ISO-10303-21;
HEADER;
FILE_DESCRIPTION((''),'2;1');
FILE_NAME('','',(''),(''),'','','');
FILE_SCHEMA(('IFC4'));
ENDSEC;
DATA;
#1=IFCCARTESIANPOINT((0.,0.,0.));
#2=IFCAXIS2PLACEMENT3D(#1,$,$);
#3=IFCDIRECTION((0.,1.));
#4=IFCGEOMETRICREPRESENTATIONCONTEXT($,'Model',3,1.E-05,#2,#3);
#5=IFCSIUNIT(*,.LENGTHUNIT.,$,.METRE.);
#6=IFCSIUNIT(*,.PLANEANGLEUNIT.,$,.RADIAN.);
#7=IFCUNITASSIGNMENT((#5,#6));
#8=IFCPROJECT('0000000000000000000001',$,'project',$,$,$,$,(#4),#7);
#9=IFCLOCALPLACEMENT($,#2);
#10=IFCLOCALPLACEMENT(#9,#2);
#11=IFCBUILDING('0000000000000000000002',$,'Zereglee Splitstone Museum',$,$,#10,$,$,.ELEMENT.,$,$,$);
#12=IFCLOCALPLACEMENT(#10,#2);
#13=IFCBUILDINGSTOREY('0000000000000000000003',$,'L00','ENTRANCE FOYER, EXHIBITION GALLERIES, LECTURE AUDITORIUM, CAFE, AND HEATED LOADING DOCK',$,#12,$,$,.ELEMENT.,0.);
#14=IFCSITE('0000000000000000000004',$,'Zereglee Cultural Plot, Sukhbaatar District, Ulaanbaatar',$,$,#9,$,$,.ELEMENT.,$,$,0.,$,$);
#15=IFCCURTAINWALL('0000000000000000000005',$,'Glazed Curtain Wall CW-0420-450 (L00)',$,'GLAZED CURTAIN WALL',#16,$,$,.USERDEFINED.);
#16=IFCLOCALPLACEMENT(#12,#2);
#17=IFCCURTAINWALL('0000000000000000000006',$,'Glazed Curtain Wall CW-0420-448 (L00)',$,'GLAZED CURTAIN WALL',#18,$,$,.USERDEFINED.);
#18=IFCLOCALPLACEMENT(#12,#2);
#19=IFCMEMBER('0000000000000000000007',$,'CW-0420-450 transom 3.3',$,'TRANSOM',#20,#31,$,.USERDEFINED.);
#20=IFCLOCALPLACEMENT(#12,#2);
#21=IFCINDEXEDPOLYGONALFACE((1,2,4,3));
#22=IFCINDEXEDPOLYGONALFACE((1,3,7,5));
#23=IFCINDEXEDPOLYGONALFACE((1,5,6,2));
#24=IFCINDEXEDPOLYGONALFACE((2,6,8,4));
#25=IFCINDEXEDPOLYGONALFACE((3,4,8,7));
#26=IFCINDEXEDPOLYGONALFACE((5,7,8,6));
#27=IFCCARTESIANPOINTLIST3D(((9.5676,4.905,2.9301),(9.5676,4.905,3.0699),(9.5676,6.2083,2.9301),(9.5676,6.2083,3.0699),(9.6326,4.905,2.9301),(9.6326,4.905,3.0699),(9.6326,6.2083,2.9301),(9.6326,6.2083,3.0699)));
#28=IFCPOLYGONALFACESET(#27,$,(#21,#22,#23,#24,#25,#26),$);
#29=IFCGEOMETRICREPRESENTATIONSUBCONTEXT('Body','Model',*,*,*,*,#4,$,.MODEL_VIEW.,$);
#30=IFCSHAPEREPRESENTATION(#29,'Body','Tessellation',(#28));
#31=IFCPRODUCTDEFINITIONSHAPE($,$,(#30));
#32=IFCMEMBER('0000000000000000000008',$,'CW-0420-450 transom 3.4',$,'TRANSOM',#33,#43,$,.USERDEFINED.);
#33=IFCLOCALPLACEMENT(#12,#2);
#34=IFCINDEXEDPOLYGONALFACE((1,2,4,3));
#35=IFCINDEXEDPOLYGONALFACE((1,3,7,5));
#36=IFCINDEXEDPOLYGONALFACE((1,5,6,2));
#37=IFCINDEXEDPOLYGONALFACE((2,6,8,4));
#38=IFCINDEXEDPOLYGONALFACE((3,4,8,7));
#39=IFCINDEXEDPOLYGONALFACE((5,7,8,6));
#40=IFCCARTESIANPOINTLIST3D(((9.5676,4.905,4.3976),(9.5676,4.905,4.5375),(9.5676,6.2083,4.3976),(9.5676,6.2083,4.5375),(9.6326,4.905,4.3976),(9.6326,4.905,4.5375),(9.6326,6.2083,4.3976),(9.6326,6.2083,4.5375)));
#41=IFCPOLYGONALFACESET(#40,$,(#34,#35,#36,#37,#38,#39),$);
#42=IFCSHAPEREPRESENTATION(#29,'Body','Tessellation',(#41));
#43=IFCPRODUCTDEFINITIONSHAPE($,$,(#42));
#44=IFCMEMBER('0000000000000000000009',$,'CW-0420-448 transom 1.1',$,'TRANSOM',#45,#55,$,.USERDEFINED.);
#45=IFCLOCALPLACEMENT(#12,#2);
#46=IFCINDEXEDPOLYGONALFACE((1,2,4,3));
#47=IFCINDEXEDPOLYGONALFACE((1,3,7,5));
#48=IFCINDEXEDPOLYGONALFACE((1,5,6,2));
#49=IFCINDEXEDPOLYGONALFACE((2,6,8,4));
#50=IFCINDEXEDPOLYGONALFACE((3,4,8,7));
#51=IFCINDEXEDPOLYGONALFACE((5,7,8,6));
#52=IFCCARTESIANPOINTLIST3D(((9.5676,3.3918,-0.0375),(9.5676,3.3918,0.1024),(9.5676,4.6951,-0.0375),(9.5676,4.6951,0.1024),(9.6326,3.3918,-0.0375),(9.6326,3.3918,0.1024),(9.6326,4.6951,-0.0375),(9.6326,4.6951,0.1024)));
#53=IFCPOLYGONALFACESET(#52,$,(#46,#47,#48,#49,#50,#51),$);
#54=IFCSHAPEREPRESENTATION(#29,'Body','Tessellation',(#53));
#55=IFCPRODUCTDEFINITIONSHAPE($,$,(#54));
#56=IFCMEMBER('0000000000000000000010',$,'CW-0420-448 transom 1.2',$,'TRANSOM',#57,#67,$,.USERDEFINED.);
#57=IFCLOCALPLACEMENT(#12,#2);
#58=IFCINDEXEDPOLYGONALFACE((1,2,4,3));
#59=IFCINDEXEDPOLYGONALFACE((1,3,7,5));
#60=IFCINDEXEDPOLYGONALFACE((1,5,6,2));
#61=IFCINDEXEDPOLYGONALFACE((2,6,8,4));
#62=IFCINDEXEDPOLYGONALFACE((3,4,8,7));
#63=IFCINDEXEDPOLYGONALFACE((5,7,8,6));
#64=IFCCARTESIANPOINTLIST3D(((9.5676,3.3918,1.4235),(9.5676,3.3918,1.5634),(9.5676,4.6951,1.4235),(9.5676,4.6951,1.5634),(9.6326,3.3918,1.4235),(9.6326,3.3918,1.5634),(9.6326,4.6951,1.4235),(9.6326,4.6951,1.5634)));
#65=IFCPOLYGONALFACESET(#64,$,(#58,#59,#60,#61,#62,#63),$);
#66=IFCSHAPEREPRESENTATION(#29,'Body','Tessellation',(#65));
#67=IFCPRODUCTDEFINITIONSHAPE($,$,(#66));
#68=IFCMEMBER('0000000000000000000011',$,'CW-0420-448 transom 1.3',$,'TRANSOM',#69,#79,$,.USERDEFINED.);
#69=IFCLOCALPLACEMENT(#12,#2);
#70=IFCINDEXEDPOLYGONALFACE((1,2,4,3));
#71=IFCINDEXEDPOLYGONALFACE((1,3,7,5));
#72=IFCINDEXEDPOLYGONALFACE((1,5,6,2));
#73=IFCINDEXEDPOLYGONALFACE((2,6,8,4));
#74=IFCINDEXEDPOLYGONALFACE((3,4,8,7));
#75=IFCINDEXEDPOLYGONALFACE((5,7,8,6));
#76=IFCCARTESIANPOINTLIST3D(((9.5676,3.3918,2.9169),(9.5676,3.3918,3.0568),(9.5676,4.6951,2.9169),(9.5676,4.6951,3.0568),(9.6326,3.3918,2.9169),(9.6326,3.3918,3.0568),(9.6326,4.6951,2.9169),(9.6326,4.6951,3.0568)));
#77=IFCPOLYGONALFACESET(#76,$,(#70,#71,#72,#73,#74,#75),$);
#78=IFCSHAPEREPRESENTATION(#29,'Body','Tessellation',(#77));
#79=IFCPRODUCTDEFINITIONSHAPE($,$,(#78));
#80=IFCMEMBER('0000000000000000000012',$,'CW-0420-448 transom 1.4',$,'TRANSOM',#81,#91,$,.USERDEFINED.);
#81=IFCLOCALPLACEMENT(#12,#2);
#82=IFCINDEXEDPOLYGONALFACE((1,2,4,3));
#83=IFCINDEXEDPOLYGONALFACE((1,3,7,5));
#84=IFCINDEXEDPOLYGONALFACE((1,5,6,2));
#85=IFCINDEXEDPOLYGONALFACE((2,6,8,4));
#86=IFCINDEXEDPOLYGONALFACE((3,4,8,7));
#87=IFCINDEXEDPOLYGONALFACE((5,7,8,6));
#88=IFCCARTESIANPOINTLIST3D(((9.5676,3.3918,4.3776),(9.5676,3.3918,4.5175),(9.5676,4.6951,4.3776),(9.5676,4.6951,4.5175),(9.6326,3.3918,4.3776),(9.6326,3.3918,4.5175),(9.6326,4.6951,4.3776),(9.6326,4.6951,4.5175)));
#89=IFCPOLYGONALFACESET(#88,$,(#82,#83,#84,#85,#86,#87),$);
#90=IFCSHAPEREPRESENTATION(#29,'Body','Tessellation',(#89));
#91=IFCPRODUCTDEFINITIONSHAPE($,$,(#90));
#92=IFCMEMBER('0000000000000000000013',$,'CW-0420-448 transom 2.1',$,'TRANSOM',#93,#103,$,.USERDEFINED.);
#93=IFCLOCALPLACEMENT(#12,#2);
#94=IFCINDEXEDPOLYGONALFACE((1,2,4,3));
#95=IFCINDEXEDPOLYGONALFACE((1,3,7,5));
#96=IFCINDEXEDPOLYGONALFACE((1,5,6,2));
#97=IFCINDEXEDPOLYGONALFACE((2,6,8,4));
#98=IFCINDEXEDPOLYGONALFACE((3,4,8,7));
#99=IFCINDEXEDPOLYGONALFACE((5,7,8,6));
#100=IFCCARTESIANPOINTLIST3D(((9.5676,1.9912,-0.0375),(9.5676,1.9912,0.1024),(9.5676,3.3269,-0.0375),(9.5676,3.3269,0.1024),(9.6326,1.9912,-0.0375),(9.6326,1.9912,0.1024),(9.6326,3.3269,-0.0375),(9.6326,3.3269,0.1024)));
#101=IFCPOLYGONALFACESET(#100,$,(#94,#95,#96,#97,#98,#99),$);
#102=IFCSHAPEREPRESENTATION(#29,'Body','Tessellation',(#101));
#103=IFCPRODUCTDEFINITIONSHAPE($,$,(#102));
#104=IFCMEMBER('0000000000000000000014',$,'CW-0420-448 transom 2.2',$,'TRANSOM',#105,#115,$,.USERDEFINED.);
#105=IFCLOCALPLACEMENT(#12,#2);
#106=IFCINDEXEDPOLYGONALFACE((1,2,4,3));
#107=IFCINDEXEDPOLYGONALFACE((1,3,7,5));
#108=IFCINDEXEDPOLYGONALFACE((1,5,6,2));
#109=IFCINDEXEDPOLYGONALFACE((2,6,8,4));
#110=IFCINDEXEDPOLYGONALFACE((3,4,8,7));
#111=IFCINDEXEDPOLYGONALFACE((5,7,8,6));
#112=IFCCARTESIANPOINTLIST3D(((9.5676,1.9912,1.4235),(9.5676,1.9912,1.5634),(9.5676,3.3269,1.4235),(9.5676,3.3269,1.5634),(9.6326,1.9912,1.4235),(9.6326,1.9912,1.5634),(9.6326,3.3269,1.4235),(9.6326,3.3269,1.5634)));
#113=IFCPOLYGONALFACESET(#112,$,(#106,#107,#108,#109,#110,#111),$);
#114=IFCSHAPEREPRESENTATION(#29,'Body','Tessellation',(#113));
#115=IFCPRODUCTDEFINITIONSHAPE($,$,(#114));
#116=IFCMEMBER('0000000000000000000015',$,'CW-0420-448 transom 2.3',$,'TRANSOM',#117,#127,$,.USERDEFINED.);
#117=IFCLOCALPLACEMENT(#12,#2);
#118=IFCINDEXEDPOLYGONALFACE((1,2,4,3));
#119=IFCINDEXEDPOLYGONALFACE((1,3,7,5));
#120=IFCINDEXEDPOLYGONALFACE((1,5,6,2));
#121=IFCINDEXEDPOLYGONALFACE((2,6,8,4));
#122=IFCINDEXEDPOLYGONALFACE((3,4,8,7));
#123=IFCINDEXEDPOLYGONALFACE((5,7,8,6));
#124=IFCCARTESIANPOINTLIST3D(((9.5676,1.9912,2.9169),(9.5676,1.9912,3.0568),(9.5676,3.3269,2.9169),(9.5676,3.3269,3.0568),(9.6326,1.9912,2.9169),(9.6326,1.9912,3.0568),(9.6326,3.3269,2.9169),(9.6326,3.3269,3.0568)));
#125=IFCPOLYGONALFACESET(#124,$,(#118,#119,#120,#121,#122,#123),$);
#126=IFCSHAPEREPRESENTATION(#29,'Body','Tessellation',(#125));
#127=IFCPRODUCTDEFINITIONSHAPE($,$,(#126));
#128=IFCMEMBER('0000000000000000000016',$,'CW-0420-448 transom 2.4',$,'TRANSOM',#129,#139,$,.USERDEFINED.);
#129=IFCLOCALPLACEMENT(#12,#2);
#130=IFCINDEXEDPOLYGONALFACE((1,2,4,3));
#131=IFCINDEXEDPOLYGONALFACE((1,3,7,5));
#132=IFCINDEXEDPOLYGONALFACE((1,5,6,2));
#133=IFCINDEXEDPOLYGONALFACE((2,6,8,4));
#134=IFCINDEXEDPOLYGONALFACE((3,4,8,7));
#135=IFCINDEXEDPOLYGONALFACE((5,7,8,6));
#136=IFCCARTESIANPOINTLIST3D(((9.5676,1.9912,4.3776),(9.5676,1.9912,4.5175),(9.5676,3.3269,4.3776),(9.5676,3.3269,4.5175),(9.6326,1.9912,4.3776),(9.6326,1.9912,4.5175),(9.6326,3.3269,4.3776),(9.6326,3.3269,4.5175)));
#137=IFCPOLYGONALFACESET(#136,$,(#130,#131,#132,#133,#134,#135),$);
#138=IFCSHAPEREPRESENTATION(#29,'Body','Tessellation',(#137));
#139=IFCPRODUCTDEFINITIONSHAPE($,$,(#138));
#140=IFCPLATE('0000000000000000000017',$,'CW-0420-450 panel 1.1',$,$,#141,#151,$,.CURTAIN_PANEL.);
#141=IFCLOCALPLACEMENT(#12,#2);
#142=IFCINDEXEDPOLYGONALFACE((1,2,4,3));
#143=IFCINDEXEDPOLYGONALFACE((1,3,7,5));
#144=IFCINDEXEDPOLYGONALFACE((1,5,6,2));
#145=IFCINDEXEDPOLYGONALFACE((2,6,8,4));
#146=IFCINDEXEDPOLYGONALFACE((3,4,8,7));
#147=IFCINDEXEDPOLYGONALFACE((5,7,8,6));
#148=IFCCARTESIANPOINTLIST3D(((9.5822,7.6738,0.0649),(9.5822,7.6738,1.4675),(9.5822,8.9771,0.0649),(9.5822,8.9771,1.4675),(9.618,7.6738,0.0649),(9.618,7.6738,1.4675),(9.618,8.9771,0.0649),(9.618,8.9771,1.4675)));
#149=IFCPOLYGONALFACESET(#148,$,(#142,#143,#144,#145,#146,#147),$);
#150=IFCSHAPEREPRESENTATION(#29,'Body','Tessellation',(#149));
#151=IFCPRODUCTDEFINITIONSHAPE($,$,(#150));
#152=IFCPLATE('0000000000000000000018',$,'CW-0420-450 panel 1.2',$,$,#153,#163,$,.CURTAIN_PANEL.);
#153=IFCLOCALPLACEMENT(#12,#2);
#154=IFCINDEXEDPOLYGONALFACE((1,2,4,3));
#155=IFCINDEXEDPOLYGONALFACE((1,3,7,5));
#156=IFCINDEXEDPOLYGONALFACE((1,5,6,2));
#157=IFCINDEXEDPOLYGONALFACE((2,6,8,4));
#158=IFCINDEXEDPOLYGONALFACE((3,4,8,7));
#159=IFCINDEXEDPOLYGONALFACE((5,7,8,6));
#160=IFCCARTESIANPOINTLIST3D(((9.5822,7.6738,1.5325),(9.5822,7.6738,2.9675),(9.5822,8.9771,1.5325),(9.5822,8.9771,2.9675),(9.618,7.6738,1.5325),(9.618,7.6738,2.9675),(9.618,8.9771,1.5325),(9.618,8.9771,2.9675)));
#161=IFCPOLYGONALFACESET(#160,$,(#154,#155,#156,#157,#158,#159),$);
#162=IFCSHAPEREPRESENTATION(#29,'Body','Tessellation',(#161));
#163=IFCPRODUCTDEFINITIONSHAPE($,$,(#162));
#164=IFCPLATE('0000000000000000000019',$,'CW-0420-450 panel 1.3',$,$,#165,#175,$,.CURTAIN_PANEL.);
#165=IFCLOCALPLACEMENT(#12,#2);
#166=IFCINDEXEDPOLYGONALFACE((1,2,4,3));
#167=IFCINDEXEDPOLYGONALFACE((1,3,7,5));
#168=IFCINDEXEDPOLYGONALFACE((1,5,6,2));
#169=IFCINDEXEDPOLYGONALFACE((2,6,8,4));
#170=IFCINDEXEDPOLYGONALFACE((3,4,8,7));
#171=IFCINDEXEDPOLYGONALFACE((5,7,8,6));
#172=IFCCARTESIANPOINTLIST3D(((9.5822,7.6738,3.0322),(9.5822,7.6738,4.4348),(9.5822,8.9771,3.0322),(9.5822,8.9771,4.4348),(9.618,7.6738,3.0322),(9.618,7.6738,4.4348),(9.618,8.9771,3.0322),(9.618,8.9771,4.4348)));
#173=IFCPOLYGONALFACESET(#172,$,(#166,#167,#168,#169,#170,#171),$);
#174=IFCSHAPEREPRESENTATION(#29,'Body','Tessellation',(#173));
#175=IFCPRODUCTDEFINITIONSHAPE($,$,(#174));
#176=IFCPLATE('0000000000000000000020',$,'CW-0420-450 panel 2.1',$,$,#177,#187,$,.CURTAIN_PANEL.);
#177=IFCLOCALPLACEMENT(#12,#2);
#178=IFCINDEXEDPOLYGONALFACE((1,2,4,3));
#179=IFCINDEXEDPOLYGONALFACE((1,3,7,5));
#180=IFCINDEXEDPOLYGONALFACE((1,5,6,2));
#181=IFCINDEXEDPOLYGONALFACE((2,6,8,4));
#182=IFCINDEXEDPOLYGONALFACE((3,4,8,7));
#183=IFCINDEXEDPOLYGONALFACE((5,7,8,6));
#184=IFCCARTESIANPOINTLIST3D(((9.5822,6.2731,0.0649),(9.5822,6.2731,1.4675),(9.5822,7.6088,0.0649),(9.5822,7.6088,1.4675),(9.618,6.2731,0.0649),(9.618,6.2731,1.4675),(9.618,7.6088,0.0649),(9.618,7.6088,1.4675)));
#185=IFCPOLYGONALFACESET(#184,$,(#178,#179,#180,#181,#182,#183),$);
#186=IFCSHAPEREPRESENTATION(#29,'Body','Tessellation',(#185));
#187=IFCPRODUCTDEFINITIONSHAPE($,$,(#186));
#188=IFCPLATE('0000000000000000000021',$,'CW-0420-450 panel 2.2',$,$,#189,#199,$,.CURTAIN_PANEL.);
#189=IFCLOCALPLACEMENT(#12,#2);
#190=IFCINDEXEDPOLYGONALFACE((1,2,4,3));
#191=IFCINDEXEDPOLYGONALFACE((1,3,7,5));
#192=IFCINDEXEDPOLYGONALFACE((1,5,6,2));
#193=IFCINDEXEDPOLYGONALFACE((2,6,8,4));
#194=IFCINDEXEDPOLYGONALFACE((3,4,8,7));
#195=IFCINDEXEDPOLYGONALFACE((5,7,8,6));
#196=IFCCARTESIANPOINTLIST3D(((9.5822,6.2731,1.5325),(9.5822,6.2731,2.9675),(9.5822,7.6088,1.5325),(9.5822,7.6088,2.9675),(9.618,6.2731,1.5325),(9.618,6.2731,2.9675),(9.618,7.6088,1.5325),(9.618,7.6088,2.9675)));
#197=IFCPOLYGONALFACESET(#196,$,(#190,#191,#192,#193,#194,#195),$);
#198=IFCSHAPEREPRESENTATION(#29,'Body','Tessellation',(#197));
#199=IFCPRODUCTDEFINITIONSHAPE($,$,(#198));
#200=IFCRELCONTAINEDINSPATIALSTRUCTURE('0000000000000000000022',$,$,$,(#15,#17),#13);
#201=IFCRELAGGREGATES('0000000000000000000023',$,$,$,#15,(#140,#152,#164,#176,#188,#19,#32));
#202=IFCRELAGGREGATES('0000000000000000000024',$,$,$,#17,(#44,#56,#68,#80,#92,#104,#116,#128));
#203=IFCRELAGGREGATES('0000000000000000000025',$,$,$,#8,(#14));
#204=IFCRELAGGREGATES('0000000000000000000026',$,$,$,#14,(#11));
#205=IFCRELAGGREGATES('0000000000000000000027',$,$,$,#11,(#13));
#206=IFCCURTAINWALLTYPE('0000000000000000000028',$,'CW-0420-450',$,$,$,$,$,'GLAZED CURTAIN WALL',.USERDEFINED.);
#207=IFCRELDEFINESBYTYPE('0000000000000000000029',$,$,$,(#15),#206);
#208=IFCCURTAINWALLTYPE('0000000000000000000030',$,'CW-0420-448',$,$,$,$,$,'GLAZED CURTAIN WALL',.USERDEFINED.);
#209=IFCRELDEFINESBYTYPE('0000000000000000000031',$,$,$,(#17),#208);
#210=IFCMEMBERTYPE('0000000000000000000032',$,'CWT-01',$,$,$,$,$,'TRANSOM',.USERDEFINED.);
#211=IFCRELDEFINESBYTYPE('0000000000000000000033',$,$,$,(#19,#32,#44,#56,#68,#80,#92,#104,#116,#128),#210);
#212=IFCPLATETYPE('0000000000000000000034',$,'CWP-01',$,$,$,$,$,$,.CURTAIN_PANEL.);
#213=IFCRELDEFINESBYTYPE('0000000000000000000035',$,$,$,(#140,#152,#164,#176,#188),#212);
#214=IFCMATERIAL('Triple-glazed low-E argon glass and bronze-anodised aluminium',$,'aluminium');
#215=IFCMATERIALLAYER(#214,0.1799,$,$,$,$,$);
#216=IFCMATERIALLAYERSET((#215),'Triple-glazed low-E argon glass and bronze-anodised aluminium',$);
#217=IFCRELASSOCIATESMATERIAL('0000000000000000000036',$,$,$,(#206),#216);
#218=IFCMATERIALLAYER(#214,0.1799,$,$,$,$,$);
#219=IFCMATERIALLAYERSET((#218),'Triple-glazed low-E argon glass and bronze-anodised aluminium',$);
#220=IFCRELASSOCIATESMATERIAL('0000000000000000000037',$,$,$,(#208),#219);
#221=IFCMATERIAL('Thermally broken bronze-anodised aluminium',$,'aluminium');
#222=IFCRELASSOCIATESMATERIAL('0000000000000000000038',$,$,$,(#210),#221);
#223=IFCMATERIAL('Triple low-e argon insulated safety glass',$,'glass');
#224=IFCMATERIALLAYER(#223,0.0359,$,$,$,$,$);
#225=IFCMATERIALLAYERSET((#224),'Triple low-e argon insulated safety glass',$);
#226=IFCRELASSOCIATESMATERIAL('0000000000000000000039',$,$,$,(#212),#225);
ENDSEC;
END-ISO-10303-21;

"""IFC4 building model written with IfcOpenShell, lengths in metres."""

from ifc_helpers import new_model, si_unit, direction, frame, origin, origin_2d, place, context, subcontext, project, spatial, rectangle, extrude, material, layer, layer_set, material_profile, profile_set, type_object, element, aggregate, save


model = new_model("IFC4")

# Units and contexts
model_context = context("Model", 3, precision=1e-05, world=origin(), true_north=direction((0.0, 1.0)))
body_context = subcontext(model_context, "Body", "Model", "MODEL_VIEW")
ifc_project = project(units=[si_unit("LENGTHUNIT", "METRE"), si_unit("PLANEANGLEUNIT", "RADIAN")], contexts=[model_context])

# Site, building, storey
site_placement = place(None, origin())
site = spatial("IfcSite", under=ifc_project, at=site_placement, Name="Zereglee Cultural Plot, Sukhbaatar District, Ulaanbaatar", CompositionType="ELEMENT", RefElevation=0.0)
building_placement = place(site_placement, origin())
building = spatial("IfcBuilding", under=site, at=building_placement, Name="Zereglee Splitstone Museum", CompositionType="ELEMENT")
storey_placement = place(building_placement, origin())
storey = spatial("IfcBuildingStorey", under=building, at=storey_placement, Name="L00", Description="ENTRANCE FOYER, EXHIBITION GALLERIES, LECTURE AUDITORIUM, CAFE, AND HEATED LOADING DOCK", CompositionType="ELEMENT", Elevation=0.0)

# Curtain walls
ifc_material_1 = material(Name="Triple-glazed low-E argon glass and bronze-anodised aluminium", Category="aluminium")
ifc_layer_1 = layer(ifc_material_1, 0.1799)
ifc_layer_set_1 = layer_set([ifc_layer_1], Name="Triple-glazed low-E argon glass and bronze-anodised aluminium")
curtain_wall_type_1 = type_object("IfcCurtainWallType", Name="CW-0420-450", ElementType="GLAZED CURTAIN WALL", PredefinedType="USERDEFINED", material=ifc_layer_set_1)
curtain_wall_1_placement = place(storey_placement, origin())
curtain_wall_1 = element("IfcCurtainWall", 1, at=curtain_wall_1_placement, inside=storey, type_object=curtain_wall_type_1, Name="Glazed Curtain Wall CW-0420-450 (L00)", ObjectType="GLAZED CURTAIN WALL", PredefinedType="USERDEFINED")
ifc_material_2 = material(Name="Thermally broken bronze-anodised aluminium", Category="aluminium")
ifc_layer_2 = layer(ifc_material_1, 0.1799)
ifc_layer_set_2 = layer_set([ifc_layer_2], Name="Triple-glazed low-E argon glass and bronze-anodised aluminium")
curtain_wall_type_2 = type_object("IfcCurtainWallType", Name="CW-0420-448", ElementType="GLAZED CURTAIN WALL", PredefinedType="USERDEFINED", material=ifc_layer_set_2)
curtain_wall_2_placement = place(storey_placement, origin())
curtain_wall_2 = element("IfcCurtainWall", 2, at=curtain_wall_2_placement, inside=storey, type_object=curtain_wall_type_2, Name="Glazed Curtain Wall CW-0420-448 (L00)", ObjectType="GLAZED CURTAIN WALL", PredefinedType="USERDEFINED")

# Members
ifc_material_profile_1 = material_profile(ifc_material_2, rectangle(XDim=0.0649, YDim=0.1399, at=origin_2d()), Name="CW TRAN 65x140")
ifc_profile_set_1 = profile_set([ifc_material_profile_1], Name="Thermally broken bronze-anodised aluminium")
member_type_1 = type_object("IfcMemberType", Name="CWT-01", ElementType="TRANSOM", PredefinedType="USERDEFINED", material=ifc_profile_set_1)
member_1_placement = place(storey_placement, frame((9.6001, 6.2083, 3.0), z_axis=(0.0, -1.0, 0.0), x_axis=(1.0, 0.0, 0.0)))
member_1 = element("IfcMember", 3, at=member_1_placement, type_object=member_type_1, Name="CW-0420-450 transom 3.3", ObjectType="TRANSOM", PredefinedType="USERDEFINED", context=body_context, shape_type="SweptSolid", body=[
    extrude(rectangle(XDim=0.0649, YDim=0.1399, at=origin_2d()), origin(), (0.0, 0.0, 1.0), 1.3032),
])
member_2_placement = place(storey_placement, frame((9.6001, 6.2083, 4.4675), z_axis=(0.0, -1.0, 0.0), x_axis=(1.0, 0.0, 0.0)))
member_2 = element("IfcMember", 4, at=member_2_placement, type_object=member_type_1, Name="CW-0420-450 transom 3.4", ObjectType="TRANSOM", PredefinedType="USERDEFINED", context=body_context, shape_type="SweptSolid", body=[
    extrude(rectangle(XDim=0.0649, YDim=0.1399, at=origin_2d()), origin(), (0.0, 0.0, 1.0), 1.3032),
])
member_3_placement = place(storey_placement, frame((9.6001, 4.6951, 0.0325), z_axis=(0.0, -1.0, 0.0), x_axis=(1.0, 0.0, 0.0)))
member_3 = element("IfcMember", 5, at=member_3_placement, type_object=member_type_1, Name="CW-0420-448 transom 1.1", ObjectType="TRANSOM", PredefinedType="USERDEFINED", context=body_context, shape_type="SweptSolid", body=[
    extrude(rectangle(XDim=0.0649, YDim=0.1399, at=origin_2d()), origin(), (0.0, 0.0, 1.0), 1.3032),
])
member_4_placement = place(storey_placement, frame((9.6001, 4.6951, 1.4934), z_axis=(0.0, -1.0, 0.0), x_axis=(1.0, 0.0, 0.0)))
member_4 = element("IfcMember", 6, at=member_4_placement, type_object=member_type_1, Name="CW-0420-448 transom 1.2", ObjectType="TRANSOM", PredefinedType="USERDEFINED", context=body_context, shape_type="SweptSolid", body=[
    extrude(rectangle(XDim=0.0649, YDim=0.1399, at=origin_2d()), origin(), (0.0, 0.0, 1.0), 1.3032),
])
member_5_placement = place(storey_placement, frame((9.6001, 4.6951, 2.9868), z_axis=(0.0, -1.0, 0.0), x_axis=(1.0, 0.0, 0.0)))
member_5 = element("IfcMember", 7, at=member_5_placement, type_object=member_type_1, Name="CW-0420-448 transom 1.3", ObjectType="TRANSOM", PredefinedType="USERDEFINED", context=body_context, shape_type="SweptSolid", body=[
    extrude(rectangle(XDim=0.0649, YDim=0.1399, at=origin_2d()), origin(), (0.0, 0.0, 1.0), 1.3032),
])
member_6_placement = place(storey_placement, frame((9.6001, 4.6951, 4.4475), z_axis=(0.0, -1.0, 0.0), x_axis=(1.0, 0.0, 0.0)))
member_6 = element("IfcMember", 8, at=member_6_placement, type_object=member_type_1, Name="CW-0420-448 transom 1.4", ObjectType="TRANSOM", PredefinedType="USERDEFINED", context=body_context, shape_type="SweptSolid", body=[
    extrude(rectangle(XDim=0.0649, YDim=0.1399, at=origin_2d()), origin(), (0.0, 0.0, 1.0), 1.3032),
])
member_7_placement = place(storey_placement, frame((9.6001, 3.3269, 0.0325), z_axis=(0.0, -1.0, 0.0), x_axis=(1.0, 0.0, 0.0)))
member_7 = element("IfcMember", 9, at=member_7_placement, type_object=member_type_1, Name="CW-0420-448 transom 2.1", ObjectType="TRANSOM", PredefinedType="USERDEFINED", context=body_context, shape_type="SweptSolid", body=[
    extrude(rectangle(XDim=0.0649, YDim=0.1399, at=origin_2d()), origin(), (0.0, 0.0, 1.0), 1.3357),
])
member_8_placement = place(storey_placement, frame((9.6001, 3.3269, 1.4934), z_axis=(0.0, -1.0, 0.0), x_axis=(1.0, 0.0, 0.0)))
member_8 = element("IfcMember", 10, at=member_8_placement, type_object=member_type_1, Name="CW-0420-448 transom 2.2", ObjectType="TRANSOM", PredefinedType="USERDEFINED", context=body_context, shape_type="SweptSolid", body=[
    extrude(rectangle(XDim=0.0649, YDim=0.1399, at=origin_2d()), origin(), (0.0, 0.0, 1.0), 1.3357),
])
member_9_placement = place(storey_placement, frame((9.6001, 3.3269, 2.9868), z_axis=(0.0, -1.0, 0.0), x_axis=(1.0, 0.0, 0.0)))
member_9 = element("IfcMember", 11, at=member_9_placement, type_object=member_type_1, Name="CW-0420-448 transom 2.3", ObjectType="TRANSOM", PredefinedType="USERDEFINED", context=body_context, shape_type="SweptSolid", body=[
    extrude(rectangle(XDim=0.0649, YDim=0.1399, at=origin_2d()), origin(), (0.0, 0.0, 1.0), 1.3357),
])
member_10_placement = place(storey_placement, frame((9.6001, 3.3269, 4.4475), z_axis=(0.0, -1.0, 0.0), x_axis=(1.0, 0.0, 0.0)))
member_10 = element("IfcMember", 12, at=member_10_placement, type_object=member_type_1, Name="CW-0420-448 transom 2.4", ObjectType="TRANSOM", PredefinedType="USERDEFINED", context=body_context, shape_type="SweptSolid", body=[
    extrude(rectangle(XDim=0.0649, YDim=0.1399, at=origin_2d()), origin(), (0.0, 0.0, 1.0), 1.3357),
])

# Plates
ifc_material_3 = material(Name="Triple low-e argon insulated safety glass", Category="glass")
ifc_layer_3 = layer(ifc_material_3, 0.0359)
ifc_layer_set_3 = layer_set([ifc_layer_3], Name="Triple low-e argon insulated safety glass")
plate_type = type_object("IfcPlateType", Name="CWP-01", PredefinedType="CURTAIN_PANEL", material=ifc_layer_set_3)
plate_1_placement = place(storey_placement, frame((9.6001, 8.3254, 0.0649), z_axis=(0.0, 0.0, 1.0), x_axis=(0.0, -1.0, 0.0)))
plate_1 = element("IfcPlate", 13, at=plate_1_placement, type_object=plate_type, Name="CW-0420-450 panel 1.1", PredefinedType="CURTAIN_PANEL", context=body_context, shape_type="SweptSolid", body=[
    extrude(rectangle(XDim=1.3032, YDim=0.0359, at=origin_2d()), origin(), (0.0, 0.0, 1.0), 1.4026),
])
plate_2_placement = place(storey_placement, frame((9.6001, 8.3254, 1.5325), z_axis=(0.0, 0.0, 1.0), x_axis=(0.0, -1.0, 0.0)))
plate_2 = element("IfcPlate", 14, at=plate_2_placement, type_object=plate_type, Name="CW-0420-450 panel 1.2", PredefinedType="CURTAIN_PANEL", context=body_context, shape_type="SweptSolid", body=[
    extrude(rectangle(XDim=1.3032, YDim=0.0359, at=origin_2d()), origin(), (0.0, 0.0, 1.0), 1.4351),
])
plate_3_placement = place(storey_placement, frame((9.6001, 8.3254, 3.0322), z_axis=(0.0, 0.0, 1.0), x_axis=(0.0, -1.0, 0.0)))
plate_3 = element("IfcPlate", 15, at=plate_3_placement, type_object=plate_type, Name="CW-0420-450 panel 1.3", PredefinedType="CURTAIN_PANEL", context=body_context, shape_type="SweptSolid", body=[
    extrude(rectangle(XDim=1.3032, YDim=0.0359, at=origin_2d()), origin(), (0.0, 0.0, 1.0), 1.4026),
])
plate_4_placement = place(storey_placement, frame((9.6001, 6.9409, 0.0649), z_axis=(0.0, 0.0, 1.0), x_axis=(0.0, -1.0, 0.0)))
plate_4 = element("IfcPlate", 16, at=plate_4_placement, type_object=plate_type, Name="CW-0420-450 panel 2.1", PredefinedType="CURTAIN_PANEL", context=body_context, shape_type="SweptSolid", body=[
    extrude(rectangle(XDim=1.3357, YDim=0.0359, at=origin_2d()), origin(), (0.0, 0.0, 1.0), 1.4026),
])
plate_5_placement = place(storey_placement, frame((9.6001, 6.9409, 1.5325), z_axis=(0.0, 0.0, 1.0), x_axis=(0.0, -1.0, 0.0)))
plate_5 = element("IfcPlate", 17, at=plate_5_placement, type_object=plate_type, Name="CW-0420-450 panel 2.2", PredefinedType="CURTAIN_PANEL", context=body_context, shape_type="SweptSolid", body=[
    extrude(rectangle(XDim=1.3357, YDim=0.0359, at=origin_2d()), origin(), (0.0, 0.0, 1.0), 1.4351),
])
aggregate(curtain_wall_1, [plate_1, plate_2, plate_3, plate_4, plate_5, member_1, member_2])
aggregate(curtain_wall_2, [member_3, member_4, member_5, member_6, member_7, member_8, member_9, member_10])

save(model, "model.ifc")
